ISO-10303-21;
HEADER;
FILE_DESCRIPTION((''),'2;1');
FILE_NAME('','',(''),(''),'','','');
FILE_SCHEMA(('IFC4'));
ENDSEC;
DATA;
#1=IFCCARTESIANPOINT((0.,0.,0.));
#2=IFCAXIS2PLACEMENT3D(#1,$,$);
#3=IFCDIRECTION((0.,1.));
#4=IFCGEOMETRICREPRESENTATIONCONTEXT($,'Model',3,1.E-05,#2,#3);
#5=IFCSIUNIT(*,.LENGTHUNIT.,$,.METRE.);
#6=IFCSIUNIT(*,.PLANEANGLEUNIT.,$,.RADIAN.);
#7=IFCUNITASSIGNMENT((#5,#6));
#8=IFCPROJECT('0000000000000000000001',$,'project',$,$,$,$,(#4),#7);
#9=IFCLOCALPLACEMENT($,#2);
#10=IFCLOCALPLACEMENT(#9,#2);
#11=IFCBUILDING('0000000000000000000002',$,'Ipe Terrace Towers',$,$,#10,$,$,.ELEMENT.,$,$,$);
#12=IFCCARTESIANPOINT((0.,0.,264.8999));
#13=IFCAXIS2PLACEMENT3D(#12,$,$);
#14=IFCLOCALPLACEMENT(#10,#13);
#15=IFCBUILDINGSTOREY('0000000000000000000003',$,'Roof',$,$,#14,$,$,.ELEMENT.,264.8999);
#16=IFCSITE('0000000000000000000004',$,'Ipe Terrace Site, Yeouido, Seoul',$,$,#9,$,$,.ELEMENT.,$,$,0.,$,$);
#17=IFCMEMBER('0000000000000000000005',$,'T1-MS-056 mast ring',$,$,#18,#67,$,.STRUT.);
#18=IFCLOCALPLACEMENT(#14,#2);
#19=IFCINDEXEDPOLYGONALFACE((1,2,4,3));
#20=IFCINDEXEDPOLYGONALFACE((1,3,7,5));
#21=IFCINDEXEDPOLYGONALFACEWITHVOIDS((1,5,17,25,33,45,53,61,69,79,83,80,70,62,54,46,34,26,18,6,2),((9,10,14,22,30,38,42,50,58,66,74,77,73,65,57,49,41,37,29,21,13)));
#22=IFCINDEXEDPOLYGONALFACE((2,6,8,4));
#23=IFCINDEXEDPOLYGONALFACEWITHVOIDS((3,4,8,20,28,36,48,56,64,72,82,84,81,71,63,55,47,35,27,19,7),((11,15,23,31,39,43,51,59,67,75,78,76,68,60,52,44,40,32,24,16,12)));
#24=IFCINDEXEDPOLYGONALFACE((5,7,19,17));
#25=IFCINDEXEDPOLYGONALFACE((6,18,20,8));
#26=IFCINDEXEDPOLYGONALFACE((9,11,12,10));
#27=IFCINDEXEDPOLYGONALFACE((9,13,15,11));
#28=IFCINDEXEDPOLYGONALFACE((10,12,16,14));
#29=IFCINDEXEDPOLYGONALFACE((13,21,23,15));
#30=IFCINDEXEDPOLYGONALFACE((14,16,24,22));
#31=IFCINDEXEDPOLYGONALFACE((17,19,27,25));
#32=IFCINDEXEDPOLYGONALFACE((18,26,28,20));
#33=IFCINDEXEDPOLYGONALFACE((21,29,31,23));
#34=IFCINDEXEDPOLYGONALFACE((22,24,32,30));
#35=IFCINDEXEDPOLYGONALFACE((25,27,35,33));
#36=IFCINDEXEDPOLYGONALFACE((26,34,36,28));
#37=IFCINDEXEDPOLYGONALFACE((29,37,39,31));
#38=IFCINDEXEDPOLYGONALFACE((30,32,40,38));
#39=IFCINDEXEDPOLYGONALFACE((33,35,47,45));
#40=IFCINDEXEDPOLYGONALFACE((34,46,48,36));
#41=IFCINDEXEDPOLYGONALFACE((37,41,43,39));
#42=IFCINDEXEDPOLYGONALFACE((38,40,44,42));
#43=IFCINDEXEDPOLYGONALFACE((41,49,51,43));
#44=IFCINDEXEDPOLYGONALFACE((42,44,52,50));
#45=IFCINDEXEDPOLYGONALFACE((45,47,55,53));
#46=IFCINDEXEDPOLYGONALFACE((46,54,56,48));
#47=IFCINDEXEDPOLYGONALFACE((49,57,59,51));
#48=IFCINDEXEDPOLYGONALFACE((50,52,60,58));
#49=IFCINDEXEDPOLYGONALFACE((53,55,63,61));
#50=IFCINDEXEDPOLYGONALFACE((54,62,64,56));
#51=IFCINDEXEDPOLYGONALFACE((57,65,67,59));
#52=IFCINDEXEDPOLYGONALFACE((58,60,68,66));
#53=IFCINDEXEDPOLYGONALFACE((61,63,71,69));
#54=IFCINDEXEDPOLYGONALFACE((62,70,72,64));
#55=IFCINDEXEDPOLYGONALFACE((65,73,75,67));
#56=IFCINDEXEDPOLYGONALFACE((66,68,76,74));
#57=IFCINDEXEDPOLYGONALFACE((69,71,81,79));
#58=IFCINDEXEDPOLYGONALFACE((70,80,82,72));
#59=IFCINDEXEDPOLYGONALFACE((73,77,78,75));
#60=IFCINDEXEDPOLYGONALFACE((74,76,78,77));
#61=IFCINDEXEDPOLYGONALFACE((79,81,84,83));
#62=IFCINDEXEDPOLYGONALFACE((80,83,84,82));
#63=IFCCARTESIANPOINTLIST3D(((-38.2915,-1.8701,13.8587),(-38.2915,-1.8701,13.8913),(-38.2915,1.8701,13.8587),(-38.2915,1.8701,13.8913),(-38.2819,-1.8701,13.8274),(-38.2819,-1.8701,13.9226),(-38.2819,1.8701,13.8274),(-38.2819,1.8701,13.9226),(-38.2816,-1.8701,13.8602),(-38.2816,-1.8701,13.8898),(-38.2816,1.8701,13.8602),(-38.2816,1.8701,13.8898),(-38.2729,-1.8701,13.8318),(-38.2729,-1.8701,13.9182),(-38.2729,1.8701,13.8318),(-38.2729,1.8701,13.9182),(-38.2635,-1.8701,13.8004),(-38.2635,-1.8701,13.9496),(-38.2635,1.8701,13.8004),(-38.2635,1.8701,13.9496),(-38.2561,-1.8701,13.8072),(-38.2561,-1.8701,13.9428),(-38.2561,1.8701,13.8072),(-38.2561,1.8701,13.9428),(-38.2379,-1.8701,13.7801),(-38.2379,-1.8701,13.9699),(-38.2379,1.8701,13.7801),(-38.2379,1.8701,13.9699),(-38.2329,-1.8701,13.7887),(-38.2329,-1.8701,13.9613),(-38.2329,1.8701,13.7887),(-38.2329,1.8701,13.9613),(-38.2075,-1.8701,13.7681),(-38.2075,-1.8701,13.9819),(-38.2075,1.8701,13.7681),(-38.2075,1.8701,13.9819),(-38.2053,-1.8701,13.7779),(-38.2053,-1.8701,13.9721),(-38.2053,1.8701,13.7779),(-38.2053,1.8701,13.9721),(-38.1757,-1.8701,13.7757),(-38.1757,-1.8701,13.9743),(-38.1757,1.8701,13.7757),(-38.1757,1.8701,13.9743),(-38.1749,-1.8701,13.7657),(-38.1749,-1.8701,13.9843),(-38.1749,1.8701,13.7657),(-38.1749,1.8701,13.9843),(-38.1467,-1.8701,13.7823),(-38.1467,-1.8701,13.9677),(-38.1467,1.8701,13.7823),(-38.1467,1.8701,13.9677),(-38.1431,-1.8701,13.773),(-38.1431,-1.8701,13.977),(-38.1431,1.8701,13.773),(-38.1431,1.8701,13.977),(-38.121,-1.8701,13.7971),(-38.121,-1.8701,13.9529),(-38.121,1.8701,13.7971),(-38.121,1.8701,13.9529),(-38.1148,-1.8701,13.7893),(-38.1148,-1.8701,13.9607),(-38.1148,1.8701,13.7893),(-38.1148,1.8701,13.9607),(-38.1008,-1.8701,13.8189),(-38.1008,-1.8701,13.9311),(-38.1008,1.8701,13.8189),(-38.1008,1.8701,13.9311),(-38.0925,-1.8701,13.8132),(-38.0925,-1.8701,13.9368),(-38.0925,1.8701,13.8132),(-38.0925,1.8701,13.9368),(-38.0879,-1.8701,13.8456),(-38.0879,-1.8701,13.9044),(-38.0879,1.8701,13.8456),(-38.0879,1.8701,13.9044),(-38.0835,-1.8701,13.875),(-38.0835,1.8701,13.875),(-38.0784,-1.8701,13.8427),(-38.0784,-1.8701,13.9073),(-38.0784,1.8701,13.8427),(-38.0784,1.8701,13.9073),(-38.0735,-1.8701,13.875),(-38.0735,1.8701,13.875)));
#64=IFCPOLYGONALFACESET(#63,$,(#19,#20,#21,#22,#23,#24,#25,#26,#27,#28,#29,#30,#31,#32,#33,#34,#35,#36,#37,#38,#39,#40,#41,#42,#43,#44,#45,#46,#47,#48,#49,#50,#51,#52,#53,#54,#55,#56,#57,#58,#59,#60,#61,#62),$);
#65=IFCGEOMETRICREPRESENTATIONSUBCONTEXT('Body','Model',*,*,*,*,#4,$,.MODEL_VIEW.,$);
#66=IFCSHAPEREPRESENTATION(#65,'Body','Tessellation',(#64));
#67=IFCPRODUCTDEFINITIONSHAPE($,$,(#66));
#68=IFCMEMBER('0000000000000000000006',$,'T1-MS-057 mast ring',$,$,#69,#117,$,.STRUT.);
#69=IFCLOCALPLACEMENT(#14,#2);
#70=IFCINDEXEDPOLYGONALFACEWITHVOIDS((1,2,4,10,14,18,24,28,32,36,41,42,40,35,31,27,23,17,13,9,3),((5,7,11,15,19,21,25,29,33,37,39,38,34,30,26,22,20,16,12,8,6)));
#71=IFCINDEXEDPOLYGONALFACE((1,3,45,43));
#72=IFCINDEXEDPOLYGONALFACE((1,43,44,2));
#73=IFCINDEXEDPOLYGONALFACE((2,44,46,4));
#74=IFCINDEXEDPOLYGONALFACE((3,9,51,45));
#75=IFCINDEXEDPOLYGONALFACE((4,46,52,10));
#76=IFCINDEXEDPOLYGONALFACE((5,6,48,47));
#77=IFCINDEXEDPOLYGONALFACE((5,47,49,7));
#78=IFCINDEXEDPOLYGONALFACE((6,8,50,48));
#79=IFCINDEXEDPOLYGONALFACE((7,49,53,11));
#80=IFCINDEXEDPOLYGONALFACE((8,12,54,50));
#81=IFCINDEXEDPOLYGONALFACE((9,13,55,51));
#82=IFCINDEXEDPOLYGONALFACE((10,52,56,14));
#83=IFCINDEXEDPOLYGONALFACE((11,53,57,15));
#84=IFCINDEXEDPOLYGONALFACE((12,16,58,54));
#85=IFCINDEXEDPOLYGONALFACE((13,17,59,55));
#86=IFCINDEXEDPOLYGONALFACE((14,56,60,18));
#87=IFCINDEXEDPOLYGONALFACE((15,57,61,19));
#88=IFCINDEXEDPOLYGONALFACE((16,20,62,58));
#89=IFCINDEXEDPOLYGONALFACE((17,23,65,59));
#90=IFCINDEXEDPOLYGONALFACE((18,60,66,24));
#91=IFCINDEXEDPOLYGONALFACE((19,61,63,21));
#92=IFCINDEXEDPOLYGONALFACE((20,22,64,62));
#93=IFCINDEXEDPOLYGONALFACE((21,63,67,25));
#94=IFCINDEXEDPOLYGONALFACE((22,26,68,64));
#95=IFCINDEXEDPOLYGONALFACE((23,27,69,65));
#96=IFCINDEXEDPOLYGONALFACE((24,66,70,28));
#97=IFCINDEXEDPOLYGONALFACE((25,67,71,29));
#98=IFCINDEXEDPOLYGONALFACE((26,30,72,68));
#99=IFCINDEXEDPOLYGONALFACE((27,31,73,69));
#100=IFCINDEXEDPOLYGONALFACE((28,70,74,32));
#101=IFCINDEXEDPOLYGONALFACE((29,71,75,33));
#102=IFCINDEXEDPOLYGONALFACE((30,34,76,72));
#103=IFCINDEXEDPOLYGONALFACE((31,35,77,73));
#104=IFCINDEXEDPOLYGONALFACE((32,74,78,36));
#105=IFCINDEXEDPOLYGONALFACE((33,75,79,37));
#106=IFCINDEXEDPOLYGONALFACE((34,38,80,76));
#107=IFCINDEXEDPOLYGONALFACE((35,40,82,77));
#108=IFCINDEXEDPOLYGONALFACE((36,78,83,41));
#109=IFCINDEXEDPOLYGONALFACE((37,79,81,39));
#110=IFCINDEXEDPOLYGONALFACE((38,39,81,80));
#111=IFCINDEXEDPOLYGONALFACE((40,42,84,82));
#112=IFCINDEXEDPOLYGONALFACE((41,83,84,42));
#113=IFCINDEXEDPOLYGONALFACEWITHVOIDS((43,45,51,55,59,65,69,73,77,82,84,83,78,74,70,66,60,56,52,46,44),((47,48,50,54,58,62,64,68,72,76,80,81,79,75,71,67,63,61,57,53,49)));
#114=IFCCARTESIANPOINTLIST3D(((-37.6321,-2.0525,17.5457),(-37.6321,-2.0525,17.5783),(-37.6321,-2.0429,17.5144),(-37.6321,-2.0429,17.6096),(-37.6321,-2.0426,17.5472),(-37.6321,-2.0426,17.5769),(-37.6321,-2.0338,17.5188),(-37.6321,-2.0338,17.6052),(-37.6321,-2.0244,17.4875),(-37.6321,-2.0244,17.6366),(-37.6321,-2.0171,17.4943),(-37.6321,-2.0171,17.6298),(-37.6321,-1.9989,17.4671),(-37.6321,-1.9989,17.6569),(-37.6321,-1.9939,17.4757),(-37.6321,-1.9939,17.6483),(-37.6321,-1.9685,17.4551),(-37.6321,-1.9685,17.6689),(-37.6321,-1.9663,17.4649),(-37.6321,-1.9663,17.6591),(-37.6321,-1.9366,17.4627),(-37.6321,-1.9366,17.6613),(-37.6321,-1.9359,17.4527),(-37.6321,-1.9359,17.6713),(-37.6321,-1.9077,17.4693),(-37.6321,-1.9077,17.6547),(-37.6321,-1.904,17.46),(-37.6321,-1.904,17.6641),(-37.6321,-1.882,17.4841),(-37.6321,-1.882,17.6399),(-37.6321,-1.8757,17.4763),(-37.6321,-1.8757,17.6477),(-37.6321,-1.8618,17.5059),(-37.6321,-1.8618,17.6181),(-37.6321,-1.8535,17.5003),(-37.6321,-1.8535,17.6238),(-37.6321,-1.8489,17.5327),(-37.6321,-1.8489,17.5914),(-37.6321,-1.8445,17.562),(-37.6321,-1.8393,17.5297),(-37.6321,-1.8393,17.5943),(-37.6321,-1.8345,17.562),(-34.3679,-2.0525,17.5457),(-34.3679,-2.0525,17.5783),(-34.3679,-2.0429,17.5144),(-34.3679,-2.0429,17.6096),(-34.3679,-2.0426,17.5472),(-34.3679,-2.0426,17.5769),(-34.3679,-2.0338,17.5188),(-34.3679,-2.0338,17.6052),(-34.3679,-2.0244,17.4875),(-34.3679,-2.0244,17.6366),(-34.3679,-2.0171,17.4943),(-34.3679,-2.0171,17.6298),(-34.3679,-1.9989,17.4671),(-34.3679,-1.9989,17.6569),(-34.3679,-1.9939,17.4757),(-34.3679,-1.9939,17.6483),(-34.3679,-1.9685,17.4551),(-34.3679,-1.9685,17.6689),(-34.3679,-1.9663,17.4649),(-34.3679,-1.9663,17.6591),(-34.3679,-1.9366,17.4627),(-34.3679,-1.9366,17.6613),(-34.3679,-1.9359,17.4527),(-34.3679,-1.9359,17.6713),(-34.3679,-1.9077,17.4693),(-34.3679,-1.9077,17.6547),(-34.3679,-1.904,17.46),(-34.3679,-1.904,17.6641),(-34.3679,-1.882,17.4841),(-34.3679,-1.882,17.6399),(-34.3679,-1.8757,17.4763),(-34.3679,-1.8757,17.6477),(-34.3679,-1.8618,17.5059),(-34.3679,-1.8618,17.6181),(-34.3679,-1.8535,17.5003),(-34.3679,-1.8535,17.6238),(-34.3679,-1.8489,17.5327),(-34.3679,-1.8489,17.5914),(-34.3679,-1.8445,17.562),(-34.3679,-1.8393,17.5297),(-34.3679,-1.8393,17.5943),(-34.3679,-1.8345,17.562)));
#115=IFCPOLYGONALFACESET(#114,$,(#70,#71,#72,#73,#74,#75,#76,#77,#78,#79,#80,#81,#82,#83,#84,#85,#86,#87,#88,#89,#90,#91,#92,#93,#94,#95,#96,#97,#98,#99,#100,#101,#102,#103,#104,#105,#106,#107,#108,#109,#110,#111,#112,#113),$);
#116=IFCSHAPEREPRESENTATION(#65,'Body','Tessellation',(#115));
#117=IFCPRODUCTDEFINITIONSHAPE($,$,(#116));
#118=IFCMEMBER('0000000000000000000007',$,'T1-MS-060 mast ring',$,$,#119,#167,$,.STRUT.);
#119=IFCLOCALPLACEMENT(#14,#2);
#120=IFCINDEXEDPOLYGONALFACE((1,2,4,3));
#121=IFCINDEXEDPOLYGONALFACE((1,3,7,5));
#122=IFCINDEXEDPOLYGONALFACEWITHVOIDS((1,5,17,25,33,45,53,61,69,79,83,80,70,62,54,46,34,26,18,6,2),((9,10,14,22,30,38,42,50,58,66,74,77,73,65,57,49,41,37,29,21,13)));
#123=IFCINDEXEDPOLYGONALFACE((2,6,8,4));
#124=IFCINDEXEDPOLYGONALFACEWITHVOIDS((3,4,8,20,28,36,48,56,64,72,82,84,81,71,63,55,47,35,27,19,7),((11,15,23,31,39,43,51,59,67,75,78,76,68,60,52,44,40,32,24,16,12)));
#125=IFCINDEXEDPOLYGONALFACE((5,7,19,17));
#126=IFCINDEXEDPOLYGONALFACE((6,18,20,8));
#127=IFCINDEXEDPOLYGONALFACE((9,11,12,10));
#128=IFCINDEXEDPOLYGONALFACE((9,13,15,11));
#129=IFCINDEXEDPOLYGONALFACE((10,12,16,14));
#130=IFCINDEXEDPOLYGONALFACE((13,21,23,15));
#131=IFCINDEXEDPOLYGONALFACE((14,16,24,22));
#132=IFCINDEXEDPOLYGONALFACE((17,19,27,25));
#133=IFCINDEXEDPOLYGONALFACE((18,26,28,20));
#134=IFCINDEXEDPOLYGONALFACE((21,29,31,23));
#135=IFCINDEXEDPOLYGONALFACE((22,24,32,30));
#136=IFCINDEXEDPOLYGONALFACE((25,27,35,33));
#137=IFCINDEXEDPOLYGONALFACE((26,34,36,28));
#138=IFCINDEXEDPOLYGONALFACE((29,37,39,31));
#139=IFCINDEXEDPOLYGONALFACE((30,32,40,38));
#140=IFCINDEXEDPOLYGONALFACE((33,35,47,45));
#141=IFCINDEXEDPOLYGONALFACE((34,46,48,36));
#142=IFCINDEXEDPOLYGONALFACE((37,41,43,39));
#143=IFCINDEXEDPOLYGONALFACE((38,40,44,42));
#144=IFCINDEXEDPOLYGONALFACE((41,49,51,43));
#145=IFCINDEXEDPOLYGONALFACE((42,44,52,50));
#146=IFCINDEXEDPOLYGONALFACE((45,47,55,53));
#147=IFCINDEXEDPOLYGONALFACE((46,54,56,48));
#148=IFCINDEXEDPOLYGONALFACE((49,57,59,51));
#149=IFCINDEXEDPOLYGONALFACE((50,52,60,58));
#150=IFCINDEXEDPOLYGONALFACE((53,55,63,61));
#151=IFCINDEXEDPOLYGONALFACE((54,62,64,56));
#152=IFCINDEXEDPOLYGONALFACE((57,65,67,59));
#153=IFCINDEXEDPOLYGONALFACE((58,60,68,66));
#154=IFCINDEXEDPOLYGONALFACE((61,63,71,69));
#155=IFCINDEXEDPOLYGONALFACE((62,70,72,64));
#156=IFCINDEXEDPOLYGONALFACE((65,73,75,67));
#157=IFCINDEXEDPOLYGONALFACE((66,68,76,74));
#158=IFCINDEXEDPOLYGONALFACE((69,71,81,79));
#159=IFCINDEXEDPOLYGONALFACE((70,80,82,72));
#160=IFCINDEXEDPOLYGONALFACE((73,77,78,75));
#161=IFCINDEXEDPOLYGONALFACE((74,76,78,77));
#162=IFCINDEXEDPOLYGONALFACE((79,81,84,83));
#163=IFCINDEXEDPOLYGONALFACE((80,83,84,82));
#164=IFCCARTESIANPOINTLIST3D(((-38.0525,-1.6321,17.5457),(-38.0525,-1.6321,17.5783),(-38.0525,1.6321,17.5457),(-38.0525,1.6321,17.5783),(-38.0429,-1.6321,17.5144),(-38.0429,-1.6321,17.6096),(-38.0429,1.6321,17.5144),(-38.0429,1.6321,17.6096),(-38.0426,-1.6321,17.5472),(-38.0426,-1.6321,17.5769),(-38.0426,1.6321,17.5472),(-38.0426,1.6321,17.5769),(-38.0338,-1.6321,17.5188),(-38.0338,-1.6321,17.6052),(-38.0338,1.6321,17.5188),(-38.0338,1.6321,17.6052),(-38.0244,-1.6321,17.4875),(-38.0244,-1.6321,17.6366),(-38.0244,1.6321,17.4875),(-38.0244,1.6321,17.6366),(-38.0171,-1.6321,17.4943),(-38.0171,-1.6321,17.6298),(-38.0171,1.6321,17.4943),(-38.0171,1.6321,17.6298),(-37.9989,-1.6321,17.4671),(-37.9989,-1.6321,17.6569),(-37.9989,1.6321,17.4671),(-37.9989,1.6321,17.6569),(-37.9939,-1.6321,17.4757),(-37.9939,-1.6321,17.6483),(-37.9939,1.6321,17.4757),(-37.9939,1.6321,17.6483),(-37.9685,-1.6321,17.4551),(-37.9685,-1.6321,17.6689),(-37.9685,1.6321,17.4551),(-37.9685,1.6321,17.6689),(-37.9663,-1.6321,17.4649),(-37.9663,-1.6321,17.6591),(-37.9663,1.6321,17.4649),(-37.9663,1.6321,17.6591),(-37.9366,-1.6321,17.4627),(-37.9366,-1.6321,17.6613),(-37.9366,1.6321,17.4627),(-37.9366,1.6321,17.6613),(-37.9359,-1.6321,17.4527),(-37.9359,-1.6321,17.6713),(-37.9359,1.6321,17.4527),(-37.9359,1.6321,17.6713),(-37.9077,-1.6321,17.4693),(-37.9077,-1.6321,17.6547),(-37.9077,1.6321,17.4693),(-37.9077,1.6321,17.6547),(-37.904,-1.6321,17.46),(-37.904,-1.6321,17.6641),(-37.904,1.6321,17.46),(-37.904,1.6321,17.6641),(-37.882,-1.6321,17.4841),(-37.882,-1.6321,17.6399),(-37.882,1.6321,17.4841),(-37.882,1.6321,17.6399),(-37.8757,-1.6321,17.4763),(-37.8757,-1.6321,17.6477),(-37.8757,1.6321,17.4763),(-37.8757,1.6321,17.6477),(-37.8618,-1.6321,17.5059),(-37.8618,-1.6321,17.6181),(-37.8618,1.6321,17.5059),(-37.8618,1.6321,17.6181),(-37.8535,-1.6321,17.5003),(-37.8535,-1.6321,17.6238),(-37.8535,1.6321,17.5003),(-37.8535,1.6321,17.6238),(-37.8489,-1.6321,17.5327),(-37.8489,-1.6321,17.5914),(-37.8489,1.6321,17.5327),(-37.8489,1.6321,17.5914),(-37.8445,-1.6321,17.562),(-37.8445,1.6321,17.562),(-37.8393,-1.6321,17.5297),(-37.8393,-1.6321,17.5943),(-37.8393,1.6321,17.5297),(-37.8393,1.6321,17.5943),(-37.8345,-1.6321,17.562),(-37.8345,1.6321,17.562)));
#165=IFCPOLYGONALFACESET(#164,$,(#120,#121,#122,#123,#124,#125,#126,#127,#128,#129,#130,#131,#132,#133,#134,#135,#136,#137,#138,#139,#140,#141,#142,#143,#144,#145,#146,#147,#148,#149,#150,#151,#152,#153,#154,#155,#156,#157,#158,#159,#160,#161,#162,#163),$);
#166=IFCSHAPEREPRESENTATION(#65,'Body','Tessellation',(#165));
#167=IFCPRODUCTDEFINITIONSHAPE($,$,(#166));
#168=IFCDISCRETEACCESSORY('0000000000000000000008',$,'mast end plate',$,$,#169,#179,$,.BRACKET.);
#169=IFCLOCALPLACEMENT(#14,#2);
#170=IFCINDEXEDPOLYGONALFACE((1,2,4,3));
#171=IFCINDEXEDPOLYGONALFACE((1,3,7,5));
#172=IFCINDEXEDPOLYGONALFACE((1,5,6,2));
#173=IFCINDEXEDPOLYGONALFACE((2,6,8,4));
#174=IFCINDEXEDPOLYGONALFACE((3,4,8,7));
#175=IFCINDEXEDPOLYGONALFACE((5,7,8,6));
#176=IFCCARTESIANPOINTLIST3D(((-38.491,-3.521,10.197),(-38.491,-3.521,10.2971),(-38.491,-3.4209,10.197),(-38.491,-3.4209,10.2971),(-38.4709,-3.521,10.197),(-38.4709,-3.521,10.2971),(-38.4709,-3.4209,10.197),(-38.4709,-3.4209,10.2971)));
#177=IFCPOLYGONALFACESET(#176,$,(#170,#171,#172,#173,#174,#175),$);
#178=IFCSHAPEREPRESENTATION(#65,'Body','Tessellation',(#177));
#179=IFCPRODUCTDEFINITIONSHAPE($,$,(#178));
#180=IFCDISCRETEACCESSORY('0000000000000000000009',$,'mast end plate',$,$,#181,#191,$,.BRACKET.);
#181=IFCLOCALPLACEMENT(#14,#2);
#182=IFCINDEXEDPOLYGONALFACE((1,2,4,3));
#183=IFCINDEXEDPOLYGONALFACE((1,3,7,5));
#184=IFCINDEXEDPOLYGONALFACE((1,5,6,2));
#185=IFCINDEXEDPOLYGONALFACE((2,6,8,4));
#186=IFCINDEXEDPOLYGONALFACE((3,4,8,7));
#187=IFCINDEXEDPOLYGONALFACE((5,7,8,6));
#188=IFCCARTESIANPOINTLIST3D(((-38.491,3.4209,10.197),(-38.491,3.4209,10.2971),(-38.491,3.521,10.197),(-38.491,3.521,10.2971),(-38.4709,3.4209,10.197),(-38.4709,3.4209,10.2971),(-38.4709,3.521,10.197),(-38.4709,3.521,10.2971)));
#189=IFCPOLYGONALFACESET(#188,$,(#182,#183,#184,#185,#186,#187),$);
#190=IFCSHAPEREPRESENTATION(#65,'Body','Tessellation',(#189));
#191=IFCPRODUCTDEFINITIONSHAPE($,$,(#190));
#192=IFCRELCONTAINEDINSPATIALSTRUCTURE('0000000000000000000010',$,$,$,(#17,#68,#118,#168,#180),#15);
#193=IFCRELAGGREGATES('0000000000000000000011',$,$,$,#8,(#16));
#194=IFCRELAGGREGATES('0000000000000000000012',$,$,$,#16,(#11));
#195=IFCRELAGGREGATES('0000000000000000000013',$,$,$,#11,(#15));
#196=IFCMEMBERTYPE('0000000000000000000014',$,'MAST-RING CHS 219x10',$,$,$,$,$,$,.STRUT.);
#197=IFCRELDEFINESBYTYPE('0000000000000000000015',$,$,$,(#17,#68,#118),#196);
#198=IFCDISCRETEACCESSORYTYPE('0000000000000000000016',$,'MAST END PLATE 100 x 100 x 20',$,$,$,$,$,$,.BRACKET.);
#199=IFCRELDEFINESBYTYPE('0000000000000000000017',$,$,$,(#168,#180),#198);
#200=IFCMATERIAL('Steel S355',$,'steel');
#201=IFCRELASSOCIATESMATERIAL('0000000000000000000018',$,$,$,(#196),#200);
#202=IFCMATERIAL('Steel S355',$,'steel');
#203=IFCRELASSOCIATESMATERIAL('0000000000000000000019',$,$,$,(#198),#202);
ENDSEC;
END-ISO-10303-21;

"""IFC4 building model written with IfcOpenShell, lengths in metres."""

from ifc_helpers import new_model, si_unit, direction, frame, origin, origin_2d, place, context, subcontext, project, spatial, rectangle, hollow_circle, extrude, material, material_profile, profile_set, type_object, element, save


model = new_model("IFC4")

# Units and contexts
model_context = context("Model", 3, precision=1e-05, world=origin(), true_north=direction((0.0, 1.0)))
body_context = subcontext(model_context, "Body", "Model", "MODEL_VIEW")
ifc_project = project(units=[si_unit("LENGTHUNIT", "METRE"), si_unit("PLANEANGLEUNIT", "RADIAN")], contexts=[model_context])

# Site, building, storey
site_placement = place(None, origin())
site = spatial("IfcSite", under=ifc_project, at=site_placement, Name="Ipe Terrace Site, Yeouido, Seoul", CompositionType="ELEMENT", RefElevation=0.0)
building_placement = place(site_placement, origin())
building = spatial("IfcBuilding", under=site, at=building_placement, Name="Ipe Terrace Towers", CompositionType="ELEMENT")
storey_placement = place(building_placement, frame((0.0, 0.0, 264.8999)))
storey = spatial("IfcBuildingStorey", under=building, at=storey_placement, Name="Roof", CompositionType="ELEMENT", Elevation=264.8999)

# Members
ifc_material_1 = material(Name="Steel S355", Category="steel")
ifc_material_profile_1 = material_profile(ifc_material_1, hollow_circle(Radius=0.1096, WallThickness=0.01, at=origin_2d()), Name="MAST-RING CHS 219x10")
ifc_profile_set_1 = profile_set([ifc_material_profile_1], Name="Steel S355")
member_type_1 = type_object("IfcMemberType", Name="MAST-RING CHS 219x10", PredefinedType="STRUT", material=ifc_profile_set_1)
for number, where, z_axis, x_axis, name in (
    (1, (-38.1831, 1.8701, 13.875), (0.0, -1.0, 0.0), (1.0, 0.0, 0.0), "T1-MS-056 mast ring"),
):
    element("IfcMember", number, at=place(storey_placement, frame(where, z_axis=z_axis, x_axis=x_axis)), inside=storey, type_object=member_type_1, Name=name, PredefinedType="STRUT", context=body_context, shape_type="SweptSolid", body=[
        extrude(hollow_circle(Radius=0.1096, WallThickness=0.01, at=origin_2d()), origin(), (0.0, 0.0, 1.0), 3.7402),
    ])
for number, where, z_axis, x_axis, name in (
    (2, (-37.6321, -1.9441, 17.562), (1.0, 0.0, 0.0), (0.0, 1.0, 0.0), "T1-MS-057 mast ring"),
    (3, (-37.9441, 1.6321, 17.562), (0.0, -1.0, 0.0), (1.0, 0.0, 0.0), "T1-MS-060 mast ring"),
):
    element("IfcMember", number, at=place(storey_placement, frame(where, z_axis=z_axis, x_axis=x_axis)), inside=storey, type_object=member_type_1, Name=name, PredefinedType="STRUT", context=body_context, shape_type="SweptSolid", body=[
        extrude(hollow_circle(Radius=0.1096, WallThickness=0.01, at=origin_2d()), origin(), (0.0, 0.0, 1.0), 3.2642),
    ])

# Discrete accessories
ifc_material_2 = material(Name="Steel S355", Category="steel")
ifc_material_profile_2 = material_profile(ifc_material_2, rectangle(XDim=0.1001, YDim=0.1001, at=origin_2d()), Name="MAST END PLATE 100 x 100 x 20")
ifc_profile_set_2 = profile_set([ifc_material_profile_2], Name="Steel S355")
discrete_accessory_type_1 = type_object("IfcDiscreteAccessoryType", Name="MAST END PLATE 100 x 100 x 20", PredefinedType="BRACKET", material=ifc_profile_set_2)
for number, where, z_axis, x_axis, name in (
    (4, (-38.4709, -3.4709, 10.2471), (-1.0, 0.0, 0.0), (0.0, -1.0, 0.0), "mast end plate"),
    (5, (-38.4709, 3.4709, 10.2471), (-1.0, 0.0, 0.0), (0.0, -1.0, 0.0), "mast end plate"),
):
    element("IfcDiscreteAccessory", number, at=place(storey_placement, frame(where, z_axis=z_axis, x_axis=x_axis)), inside=storey, type_object=discrete_accessory_type_1, Name=name, PredefinedType="BRACKET", context=body_context, shape_type="SweptSolid", body=[
        extrude(rectangle(XDim=0.1001, YDim=0.1001, at=origin_2d()), origin(), (0.0, 0.0, 1.0), 0.02),
    ])

save(model, "model.ifc")
